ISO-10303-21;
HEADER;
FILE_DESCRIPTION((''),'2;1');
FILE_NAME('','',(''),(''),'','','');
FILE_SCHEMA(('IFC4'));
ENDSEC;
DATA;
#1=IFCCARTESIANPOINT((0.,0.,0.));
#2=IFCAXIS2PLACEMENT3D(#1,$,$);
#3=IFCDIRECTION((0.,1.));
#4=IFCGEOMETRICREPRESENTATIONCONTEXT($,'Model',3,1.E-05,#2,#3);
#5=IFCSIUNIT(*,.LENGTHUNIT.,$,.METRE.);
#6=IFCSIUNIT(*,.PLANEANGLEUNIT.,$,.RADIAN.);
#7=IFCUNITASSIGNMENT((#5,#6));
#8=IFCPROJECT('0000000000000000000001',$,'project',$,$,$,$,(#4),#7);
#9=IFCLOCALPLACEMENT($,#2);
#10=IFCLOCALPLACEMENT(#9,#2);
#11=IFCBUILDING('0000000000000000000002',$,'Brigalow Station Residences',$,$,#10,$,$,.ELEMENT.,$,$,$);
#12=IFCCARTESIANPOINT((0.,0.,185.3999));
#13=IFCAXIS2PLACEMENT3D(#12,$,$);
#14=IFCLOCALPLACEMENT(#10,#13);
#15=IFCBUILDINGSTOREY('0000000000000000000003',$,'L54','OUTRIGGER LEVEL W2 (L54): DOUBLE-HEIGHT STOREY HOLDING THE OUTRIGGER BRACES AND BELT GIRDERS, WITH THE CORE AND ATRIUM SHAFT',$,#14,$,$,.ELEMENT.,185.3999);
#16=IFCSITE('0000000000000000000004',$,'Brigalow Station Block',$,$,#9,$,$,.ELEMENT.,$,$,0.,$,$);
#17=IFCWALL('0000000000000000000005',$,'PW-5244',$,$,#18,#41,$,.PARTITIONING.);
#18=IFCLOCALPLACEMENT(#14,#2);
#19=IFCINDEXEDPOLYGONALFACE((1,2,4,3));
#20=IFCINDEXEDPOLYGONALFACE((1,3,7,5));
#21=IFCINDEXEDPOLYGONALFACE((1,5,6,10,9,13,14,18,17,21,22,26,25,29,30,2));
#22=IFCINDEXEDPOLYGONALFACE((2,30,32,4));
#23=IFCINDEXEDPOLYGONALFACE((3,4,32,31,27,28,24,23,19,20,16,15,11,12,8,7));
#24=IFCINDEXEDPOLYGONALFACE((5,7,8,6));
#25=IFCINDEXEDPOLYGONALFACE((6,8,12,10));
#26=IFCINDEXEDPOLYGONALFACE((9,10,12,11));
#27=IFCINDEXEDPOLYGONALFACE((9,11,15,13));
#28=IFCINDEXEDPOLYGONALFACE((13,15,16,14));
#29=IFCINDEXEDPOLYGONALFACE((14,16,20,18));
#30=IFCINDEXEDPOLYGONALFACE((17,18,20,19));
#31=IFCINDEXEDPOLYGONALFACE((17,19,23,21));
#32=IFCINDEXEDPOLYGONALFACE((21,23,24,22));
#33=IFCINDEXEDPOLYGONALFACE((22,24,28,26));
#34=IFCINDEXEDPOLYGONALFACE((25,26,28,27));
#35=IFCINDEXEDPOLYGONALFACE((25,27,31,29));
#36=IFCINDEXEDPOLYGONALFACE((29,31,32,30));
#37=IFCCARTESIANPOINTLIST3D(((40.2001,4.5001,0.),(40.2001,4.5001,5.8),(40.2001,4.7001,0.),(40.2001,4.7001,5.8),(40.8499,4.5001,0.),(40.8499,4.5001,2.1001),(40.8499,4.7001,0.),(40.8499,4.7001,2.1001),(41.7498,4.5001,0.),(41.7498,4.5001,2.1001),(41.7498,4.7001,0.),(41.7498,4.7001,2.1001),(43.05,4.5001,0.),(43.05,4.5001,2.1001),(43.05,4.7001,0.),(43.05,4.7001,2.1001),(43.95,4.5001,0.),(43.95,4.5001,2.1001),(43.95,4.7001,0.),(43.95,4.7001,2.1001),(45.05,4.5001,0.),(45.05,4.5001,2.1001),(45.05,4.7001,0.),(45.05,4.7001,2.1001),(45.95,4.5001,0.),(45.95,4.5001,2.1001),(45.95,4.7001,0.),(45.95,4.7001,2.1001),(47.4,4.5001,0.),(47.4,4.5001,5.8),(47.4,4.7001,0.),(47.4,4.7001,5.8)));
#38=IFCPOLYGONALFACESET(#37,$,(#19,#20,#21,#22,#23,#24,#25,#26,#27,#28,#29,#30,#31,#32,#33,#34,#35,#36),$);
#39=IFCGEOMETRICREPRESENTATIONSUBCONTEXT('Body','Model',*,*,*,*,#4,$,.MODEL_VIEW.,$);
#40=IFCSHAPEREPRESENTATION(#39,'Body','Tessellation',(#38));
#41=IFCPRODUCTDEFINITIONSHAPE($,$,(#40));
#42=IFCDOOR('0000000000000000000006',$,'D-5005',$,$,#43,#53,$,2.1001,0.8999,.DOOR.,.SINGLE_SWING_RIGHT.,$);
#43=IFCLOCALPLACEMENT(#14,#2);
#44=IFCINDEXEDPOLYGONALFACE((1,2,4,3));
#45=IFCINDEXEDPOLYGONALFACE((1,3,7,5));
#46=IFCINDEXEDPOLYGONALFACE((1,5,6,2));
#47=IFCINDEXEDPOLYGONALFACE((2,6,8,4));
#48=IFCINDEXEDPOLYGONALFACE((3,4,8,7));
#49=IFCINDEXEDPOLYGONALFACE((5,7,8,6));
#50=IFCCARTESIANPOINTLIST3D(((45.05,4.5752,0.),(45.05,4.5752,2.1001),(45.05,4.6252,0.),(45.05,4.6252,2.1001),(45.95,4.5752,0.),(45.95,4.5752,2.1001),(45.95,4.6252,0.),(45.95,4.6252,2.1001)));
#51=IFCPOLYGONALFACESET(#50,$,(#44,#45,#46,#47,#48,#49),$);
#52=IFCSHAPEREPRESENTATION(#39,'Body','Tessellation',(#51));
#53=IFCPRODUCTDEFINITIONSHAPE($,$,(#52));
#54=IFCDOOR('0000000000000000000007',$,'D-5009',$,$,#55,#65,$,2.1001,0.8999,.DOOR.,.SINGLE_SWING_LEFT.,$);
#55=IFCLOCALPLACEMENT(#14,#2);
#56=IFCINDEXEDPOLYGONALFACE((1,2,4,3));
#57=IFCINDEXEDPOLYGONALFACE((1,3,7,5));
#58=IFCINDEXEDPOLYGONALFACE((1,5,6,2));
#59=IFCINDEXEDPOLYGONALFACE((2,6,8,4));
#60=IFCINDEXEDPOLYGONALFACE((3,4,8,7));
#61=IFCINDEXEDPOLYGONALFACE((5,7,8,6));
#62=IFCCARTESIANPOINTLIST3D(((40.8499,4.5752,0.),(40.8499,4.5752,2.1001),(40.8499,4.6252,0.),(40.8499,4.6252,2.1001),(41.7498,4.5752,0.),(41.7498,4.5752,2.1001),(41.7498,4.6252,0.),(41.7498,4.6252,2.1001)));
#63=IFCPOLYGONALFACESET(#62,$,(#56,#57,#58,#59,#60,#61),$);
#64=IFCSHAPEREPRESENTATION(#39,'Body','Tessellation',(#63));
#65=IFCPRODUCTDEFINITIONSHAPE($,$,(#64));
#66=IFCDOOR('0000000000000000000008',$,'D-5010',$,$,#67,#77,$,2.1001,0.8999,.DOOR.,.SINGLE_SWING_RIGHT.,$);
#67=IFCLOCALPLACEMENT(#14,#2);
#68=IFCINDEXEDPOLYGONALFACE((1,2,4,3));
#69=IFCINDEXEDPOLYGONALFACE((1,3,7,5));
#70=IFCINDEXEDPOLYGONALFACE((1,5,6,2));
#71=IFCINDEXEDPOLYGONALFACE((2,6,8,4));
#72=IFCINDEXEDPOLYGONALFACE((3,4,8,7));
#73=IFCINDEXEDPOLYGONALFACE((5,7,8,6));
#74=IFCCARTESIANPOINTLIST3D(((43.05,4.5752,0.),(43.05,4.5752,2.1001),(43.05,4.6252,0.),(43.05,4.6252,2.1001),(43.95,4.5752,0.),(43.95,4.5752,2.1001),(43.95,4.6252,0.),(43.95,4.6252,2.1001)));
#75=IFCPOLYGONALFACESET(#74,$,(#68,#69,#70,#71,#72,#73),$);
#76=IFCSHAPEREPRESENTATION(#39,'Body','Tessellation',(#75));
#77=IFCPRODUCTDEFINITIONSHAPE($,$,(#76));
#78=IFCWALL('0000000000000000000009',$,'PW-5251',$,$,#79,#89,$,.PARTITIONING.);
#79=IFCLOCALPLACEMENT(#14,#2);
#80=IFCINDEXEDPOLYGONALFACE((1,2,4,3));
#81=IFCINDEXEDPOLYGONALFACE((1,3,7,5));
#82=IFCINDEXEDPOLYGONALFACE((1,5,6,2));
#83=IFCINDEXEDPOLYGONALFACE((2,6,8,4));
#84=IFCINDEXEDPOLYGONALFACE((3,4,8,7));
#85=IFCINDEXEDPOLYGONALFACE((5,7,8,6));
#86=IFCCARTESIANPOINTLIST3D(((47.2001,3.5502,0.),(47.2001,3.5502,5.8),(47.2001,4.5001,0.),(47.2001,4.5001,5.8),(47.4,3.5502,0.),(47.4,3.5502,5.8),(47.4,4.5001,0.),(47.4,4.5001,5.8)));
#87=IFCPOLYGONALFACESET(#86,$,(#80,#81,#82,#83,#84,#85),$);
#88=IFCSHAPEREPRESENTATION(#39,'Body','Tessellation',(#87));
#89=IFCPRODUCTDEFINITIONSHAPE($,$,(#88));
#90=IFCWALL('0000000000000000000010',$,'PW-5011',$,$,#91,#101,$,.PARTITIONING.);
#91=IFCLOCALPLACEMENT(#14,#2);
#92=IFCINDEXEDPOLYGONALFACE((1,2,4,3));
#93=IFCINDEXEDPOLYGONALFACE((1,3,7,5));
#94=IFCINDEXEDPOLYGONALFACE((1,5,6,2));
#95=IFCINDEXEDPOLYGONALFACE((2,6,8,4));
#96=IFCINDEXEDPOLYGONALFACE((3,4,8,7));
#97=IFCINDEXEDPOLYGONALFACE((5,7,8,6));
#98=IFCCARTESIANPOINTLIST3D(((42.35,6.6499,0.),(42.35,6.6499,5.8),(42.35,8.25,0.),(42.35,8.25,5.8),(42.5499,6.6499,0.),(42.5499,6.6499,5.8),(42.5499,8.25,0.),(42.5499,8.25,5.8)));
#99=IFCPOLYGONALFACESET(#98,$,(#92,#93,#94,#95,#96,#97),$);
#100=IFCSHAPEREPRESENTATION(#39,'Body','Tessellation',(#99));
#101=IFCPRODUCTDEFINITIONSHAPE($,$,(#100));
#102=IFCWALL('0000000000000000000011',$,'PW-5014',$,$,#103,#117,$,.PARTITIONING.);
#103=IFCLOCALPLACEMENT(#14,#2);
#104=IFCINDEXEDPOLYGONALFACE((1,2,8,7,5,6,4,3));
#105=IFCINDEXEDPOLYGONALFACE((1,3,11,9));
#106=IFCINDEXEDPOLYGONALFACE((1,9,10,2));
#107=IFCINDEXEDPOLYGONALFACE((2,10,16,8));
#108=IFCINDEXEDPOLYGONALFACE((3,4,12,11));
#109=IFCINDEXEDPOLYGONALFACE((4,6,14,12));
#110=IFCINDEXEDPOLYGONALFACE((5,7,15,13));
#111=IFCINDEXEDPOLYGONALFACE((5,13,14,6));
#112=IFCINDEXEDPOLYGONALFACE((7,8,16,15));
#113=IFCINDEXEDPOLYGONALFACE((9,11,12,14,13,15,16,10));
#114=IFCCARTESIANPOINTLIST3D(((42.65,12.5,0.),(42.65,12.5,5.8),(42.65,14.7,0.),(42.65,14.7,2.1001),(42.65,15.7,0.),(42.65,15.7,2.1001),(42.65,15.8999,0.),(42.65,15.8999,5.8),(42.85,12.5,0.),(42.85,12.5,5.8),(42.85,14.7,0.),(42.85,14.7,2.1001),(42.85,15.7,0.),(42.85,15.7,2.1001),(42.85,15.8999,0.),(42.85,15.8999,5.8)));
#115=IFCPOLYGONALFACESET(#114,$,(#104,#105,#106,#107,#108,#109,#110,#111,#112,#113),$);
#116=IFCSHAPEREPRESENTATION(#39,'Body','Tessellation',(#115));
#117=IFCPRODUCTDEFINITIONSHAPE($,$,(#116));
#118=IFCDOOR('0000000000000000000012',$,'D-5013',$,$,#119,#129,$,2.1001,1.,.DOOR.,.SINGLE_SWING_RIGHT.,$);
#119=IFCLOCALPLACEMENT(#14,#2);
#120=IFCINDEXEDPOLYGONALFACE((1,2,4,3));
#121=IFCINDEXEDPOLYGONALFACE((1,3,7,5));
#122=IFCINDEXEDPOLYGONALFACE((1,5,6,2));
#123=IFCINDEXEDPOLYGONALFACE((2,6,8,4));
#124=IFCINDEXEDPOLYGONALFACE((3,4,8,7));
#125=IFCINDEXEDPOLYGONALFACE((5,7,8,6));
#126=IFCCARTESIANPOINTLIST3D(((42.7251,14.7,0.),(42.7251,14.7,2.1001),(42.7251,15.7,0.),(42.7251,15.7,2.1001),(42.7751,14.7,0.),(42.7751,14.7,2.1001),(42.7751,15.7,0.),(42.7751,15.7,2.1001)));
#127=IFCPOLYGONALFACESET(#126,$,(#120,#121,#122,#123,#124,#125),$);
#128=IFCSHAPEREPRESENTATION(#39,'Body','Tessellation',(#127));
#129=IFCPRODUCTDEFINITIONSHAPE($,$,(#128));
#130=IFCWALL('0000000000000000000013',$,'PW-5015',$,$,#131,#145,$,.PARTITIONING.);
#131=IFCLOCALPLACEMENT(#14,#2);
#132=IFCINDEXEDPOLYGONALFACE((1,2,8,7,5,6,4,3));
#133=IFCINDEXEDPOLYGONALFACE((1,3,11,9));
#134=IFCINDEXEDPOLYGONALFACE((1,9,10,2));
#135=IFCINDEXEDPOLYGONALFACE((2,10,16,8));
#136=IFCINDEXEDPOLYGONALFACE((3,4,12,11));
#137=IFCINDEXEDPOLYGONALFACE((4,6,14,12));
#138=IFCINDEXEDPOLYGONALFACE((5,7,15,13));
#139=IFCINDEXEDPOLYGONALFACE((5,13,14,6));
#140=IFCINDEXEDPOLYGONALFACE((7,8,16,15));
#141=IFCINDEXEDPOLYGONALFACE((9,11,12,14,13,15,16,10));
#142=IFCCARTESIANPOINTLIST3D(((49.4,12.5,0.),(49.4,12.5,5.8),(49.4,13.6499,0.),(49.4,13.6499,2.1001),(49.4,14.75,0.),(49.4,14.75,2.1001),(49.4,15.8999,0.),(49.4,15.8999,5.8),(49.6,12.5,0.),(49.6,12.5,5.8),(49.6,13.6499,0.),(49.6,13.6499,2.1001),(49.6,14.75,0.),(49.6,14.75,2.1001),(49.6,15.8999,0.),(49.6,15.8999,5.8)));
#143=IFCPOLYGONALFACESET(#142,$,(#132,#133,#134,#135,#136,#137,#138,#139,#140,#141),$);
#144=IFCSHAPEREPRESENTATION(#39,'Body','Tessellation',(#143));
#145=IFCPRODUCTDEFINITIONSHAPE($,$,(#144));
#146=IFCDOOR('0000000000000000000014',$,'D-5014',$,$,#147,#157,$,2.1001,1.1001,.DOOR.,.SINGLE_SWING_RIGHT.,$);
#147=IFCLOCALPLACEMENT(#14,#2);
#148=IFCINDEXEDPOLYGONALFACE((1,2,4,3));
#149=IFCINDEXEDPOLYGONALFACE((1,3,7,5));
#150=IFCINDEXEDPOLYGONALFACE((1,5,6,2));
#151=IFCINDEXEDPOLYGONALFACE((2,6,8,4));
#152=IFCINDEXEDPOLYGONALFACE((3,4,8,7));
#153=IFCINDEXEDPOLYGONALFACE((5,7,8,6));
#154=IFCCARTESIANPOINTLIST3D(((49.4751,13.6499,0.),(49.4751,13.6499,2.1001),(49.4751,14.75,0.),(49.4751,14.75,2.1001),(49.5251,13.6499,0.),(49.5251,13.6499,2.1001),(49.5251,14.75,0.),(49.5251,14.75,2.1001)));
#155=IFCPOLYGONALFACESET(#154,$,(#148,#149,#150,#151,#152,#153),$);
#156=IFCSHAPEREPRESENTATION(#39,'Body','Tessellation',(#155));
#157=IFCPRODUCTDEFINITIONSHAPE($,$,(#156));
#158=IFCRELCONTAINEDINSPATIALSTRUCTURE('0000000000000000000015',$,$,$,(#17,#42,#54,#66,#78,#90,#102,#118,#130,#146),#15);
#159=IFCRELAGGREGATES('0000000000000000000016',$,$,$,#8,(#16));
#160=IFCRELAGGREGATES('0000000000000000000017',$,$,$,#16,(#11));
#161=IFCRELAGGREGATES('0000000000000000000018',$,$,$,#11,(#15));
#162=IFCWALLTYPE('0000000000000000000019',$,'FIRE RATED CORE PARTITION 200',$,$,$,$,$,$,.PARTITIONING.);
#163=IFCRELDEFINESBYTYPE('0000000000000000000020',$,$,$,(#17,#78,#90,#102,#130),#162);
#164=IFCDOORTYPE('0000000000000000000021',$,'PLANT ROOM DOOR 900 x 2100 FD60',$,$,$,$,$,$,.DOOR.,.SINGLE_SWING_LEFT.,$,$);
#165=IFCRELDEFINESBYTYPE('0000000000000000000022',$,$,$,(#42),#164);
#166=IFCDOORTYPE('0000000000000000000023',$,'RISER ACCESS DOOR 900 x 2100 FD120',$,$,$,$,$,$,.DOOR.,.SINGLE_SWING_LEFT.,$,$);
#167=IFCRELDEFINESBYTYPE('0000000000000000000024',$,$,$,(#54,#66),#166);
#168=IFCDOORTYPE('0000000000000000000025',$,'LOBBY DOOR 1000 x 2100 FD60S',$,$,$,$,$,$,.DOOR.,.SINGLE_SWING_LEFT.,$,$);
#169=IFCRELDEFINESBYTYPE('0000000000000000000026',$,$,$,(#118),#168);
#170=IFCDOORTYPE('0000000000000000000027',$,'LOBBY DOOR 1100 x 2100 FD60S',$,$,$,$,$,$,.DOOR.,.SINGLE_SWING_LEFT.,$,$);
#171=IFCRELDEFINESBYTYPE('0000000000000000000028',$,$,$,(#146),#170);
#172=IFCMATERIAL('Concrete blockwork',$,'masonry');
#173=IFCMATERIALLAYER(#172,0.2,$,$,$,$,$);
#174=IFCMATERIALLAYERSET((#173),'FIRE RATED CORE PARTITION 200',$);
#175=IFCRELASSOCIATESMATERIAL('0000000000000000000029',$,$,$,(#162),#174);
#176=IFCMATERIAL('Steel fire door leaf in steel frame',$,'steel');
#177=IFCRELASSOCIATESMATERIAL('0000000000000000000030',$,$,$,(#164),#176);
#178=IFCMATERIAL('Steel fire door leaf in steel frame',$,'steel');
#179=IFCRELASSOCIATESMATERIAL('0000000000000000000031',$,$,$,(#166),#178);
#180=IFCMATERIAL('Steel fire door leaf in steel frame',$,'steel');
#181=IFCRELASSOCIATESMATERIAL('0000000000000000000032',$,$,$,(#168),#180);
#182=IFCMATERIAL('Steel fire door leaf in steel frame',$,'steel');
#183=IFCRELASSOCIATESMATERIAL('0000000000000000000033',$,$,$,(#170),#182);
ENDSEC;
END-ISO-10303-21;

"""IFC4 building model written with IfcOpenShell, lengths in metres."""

from ifc_helpers import new_model, si_unit, direction, frame, frame_2d, origin, place, context, subcontext, project, spatial, rectangle, extrude, material, layer, layer_set, type_object, element, fill, save


model = new_model("IFC4")

# Units and contexts
model_context = context("Model", 3, precision=1e-05, world=origin(), true_north=direction((0.0, 1.0)))
body_context = subcontext(model_context, "Body", "Model", "MODEL_VIEW")
ifc_project = project(units=[si_unit("LENGTHUNIT", "METRE"), si_unit("PLANEANGLEUNIT", "RADIAN")], contexts=[model_context])

# Site, building, storey
site_placement = place(None, origin())
site = spatial("IfcSite", under=ifc_project, at=site_placement, Name="Brigalow Station Block", CompositionType="ELEMENT", RefElevation=0.0)
building_placement = place(site_placement, origin())
building = spatial("IfcBuilding", under=site, at=building_placement, Name="Brigalow Station Residences", CompositionType="ELEMENT")
storey_placement = place(building_placement, frame((0.0, 0.0, 185.3999)))
storey = spatial("IfcBuildingStorey", under=building, at=storey_placement, Name="L54", Description="OUTRIGGER LEVEL W2 (L54): DOUBLE-HEIGHT STOREY HOLDING THE OUTRIGGER BRACES AND BELT GIRDERS, WITH THE CORE AND ATRIUM SHAFT", CompositionType="ELEMENT", Elevation=185.3999)

# Wall, openings, doors
ifc_material_1 = material(Name="Concrete blockwork", Category="masonry")
ifc_layer_1 = layer(ifc_material_1, 0.2)
ifc_layer_set_1 = layer_set([ifc_layer_1], Name="FIRE RATED CORE PARTITION 200")
wall_type_1 = type_object("IfcWallType", Name="FIRE RATED CORE PARTITION 200", PredefinedType="PARTITIONING", material=ifc_layer_set_1)
wall_1_placement = place(storey_placement, frame((40.2, 4.6001, 0.0), z_axis=(0.0, 0.0, 1.0), x_axis=(1.0, 0.0, 0.0)))
wall_1 = element("IfcWall", 1, at=wall_1_placement, inside=storey, type_object=wall_type_1, Name="PW-5244", PredefinedType="PARTITIONING", context=body_context, shape_type="SweptSolid", body=[
    extrude(rectangle(XDim=7.2, YDim=0.2, at=frame_2d((3.6001, 0.0))), origin(), (0.0, 0.0, 1.0), 5.8),
])
opening_1_placement = place(wall_1_placement, frame((4.8501, 0.0, 0.0)))
opening_1 = element("IfcOpeningElement", 2, at=opening_1_placement, cuts=wall_1, PredefinedType="OPENING", context=body_context, shape_type="SweptSolid", body=[
    extrude(rectangle(XDim=0.8999, YDim=2.1001, at=frame_2d((0.45, 1.05))), frame((0.0, 0.1099, 0.0), z_axis=(0.0, -1.0, 0.0), x_axis=(1.0, 0.0, 0.0)), (0.0, 0.0, 1.0), 0.22),
])
opening_2_placement = place(wall_1_placement, frame((0.6499, 0.0, 0.0)))
opening_2 = element("IfcOpeningElement", 3, at=opening_2_placement, cuts=wall_1, PredefinedType="OPENING", context=body_context, shape_type="SweptSolid", body=[
    extrude(rectangle(XDim=0.8999, YDim=2.1001, at=frame_2d((0.45, 1.05))), frame((0.0, 0.1099, 0.0), z_axis=(0.0, -1.0, 0.0), x_axis=(1.0, 0.0, 0.0)), (0.0, 0.0, 1.0), 0.22),
])
opening_3_placement = place(wall_1_placement, frame((2.8501, 0.0, 0.0)))
opening_3 = element("IfcOpeningElement", 4, at=opening_3_placement, cuts=wall_1, PredefinedType="OPENING", context=body_context, shape_type="SweptSolid", body=[
    extrude(rectangle(XDim=0.8999, YDim=2.1001, at=frame_2d((0.45, 1.05))), frame((0.0, 0.1099, 0.0), z_axis=(0.0, -1.0, 0.0), x_axis=(1.0, 0.0, 0.0)), (0.0, 0.0, 1.0), 0.22),
])
ifc_material_2 = material(Name="Steel fire door leaf in steel frame", Category="steel")
door_type_1 = type_object("IfcDoorType", Name="PLANT ROOM DOOR 900 x 2100 FD60", OperationType="SINGLE_SWING_LEFT", PredefinedType="DOOR", material=ifc_material_2)
door_1_placement = place(opening_1_placement, frame((0.8999, 0.0, 0.0), z_axis=(0.0, 0.0, 1.0), x_axis=(-1.0, 0.0, 0.0)))
door_1 = element("IfcDoor", 5, at=door_1_placement, inside=storey, type_object=door_type_1, Name="D-5005", OperationType="SINGLE_SWING_RIGHT", OverallHeight=2.1001, OverallWidth=0.8999, PredefinedType="DOOR", context=body_context, shape_type="SweptSolid", body=[
    extrude(rectangle(XDim=0.8999, YDim=2.1001, at=frame_2d((0.45, 1.05))), frame((0.0, 0.0249, 0.0), z_axis=(0.0, -1.0, 0.0), x_axis=(1.0, 0.0, 0.0)), (0.0, 0.0, 1.0), 0.05),
])
fill(opening_1, door_1)
ifc_material_3 = material(Name="Steel fire door leaf in steel frame", Category="steel")
door_type_2 = type_object("IfcDoorType", Name="RISER ACCESS DOOR 900 x 2100 FD120", OperationType="SINGLE_SWING_LEFT", PredefinedType="DOOR", material=ifc_material_3)
door_2_placement = place(opening_2_placement, frame((0.8999, 0.0, 0.0), z_axis=(0.0, 0.0, 1.0), x_axis=(-1.0, 0.0, 0.0)))
door_2 = element("IfcDoor", 6, at=door_2_placement, inside=storey, type_object=door_type_2, Name="D-5009", OperationType="SINGLE_SWING_LEFT", OverallHeight=2.1001, OverallWidth=0.8999, PredefinedType="DOOR", context=body_context, shape_type="SweptSolid", body=[
    extrude(rectangle(XDim=0.8999, YDim=2.1001, at=frame_2d((0.45, 1.05))), frame((0.0, 0.0249, 0.0), z_axis=(0.0, -1.0, 0.0), x_axis=(1.0, 0.0, 0.0)), (0.0, 0.0, 1.0), 0.05),
])
fill(opening_2, door_2)
door_3_placement = place(opening_3_placement, frame((0.8999, 0.0, 0.0), z_axis=(0.0, 0.0, 1.0), x_axis=(-1.0, 0.0, 0.0)))
door_3 = element("IfcDoor", 7, at=door_3_placement, inside=storey, type_object=door_type_2, Name="D-5010", OperationType="SINGLE_SWING_RIGHT", OverallHeight=2.1001, OverallWidth=0.8999, PredefinedType="DOOR", context=body_context, shape_type="SweptSolid", body=[
    extrude(rectangle(XDim=0.8999, YDim=2.1001, at=frame_2d((0.45, 1.05))), frame((0.0, 0.0249, 0.0), z_axis=(0.0, -1.0, 0.0), x_axis=(1.0, 0.0, 0.0)), (0.0, 0.0, 1.0), 0.05),
])
fill(opening_3, door_3)

# Walls
wall_2_placement = place(storey_placement, frame((47.3, 3.55, 0.0), z_axis=(0.0, 0.0, 1.0), x_axis=(0.0, 1.0, 0.0)))
element("IfcWall", 8, at=wall_2_placement, inside=storey, type_object=wall_type_1, Name="PW-5251", PredefinedType="PARTITIONING", context=body_context, shape_type="SweptSolid", body=[
    extrude(rectangle(XDim=0.95, YDim=0.2, at=frame_2d((0.4751, 0.0))), origin(), (0.0, 0.0, 1.0), 5.8),
])
wall_3_placement = place(storey_placement, frame((42.45, 6.6499, 0.0), z_axis=(0.0, 0.0, 1.0), x_axis=(0.0, 1.0, 0.0)))
element("IfcWall", 9, at=wall_3_placement, inside=storey, type_object=wall_type_1, Name="PW-5011", PredefinedType="PARTITIONING", context=body_context, shape_type="SweptSolid", body=[
    extrude(rectangle(XDim=1.6001, YDim=0.2, at=frame_2d((0.8, 0.0))), origin(), (0.0, 0.0, 1.0), 5.8),
])

# Walls, openings, doors
wall_4_placement = place(storey_placement, frame((42.75, 12.5, 0.0), z_axis=(0.0, 0.0, 1.0), x_axis=(0.0, 1.0, 0.0)))
wall_4 = element("IfcWall", 10, at=wall_4_placement, inside=storey, type_object=wall_type_1, Name="PW-5014", PredefinedType="PARTITIONING", context=body_context, shape_type="SweptSolid", body=[
    extrude(rectangle(XDim=3.3999, YDim=0.2, at=frame_2d((1.7, 0.0))), origin(), (0.0, 0.0, 1.0), 5.8),
])
opening_4_placement = place(wall_4_placement, frame((2.2, 0.0, 0.0)))
opening_4 = element("IfcOpeningElement", 11, at=opening_4_placement, cuts=wall_4, PredefinedType="OPENING", context=body_context, shape_type="SweptSolid", body=[
    extrude(rectangle(XDim=1.0, YDim=2.1001, at=frame_2d((0.5, 1.05))), frame((0.0, 0.1099, 0.0), z_axis=(0.0, -1.0, 0.0), x_axis=(1.0, 0.0, 0.0)), (0.0, 0.0, 1.0), 0.22),
])
ifc_material_4 = material(Name="Steel fire door leaf in steel frame", Category="steel")
door_type_3 = type_object("IfcDoorType", Name="LOBBY DOOR 1000 x 2100 FD60S", OperationType="SINGLE_SWING_LEFT", PredefinedType="DOOR", material=ifc_material_4)
door_4_placement = place(opening_4_placement, origin())
door_4 = element("IfcDoor", 12, at=door_4_placement, inside=storey, type_object=door_type_3, Name="D-5013", OperationType="SINGLE_SWING_RIGHT", OverallHeight=2.1001, OverallWidth=1.0, PredefinedType="DOOR", context=body_context, shape_type="SweptSolid", body=[
    extrude(rectangle(XDim=1.0, YDim=2.1001, at=frame_2d((0.5, 1.05))), frame((0.0, 0.0249, 0.0), z_axis=(0.0, -1.0, 0.0), x_axis=(1.0, 0.0, 0.0)), (0.0, 0.0, 1.0), 0.05),
])
fill(opening_4, door_4)
wall_5_placement = place(storey_placement, frame((49.5, 12.5, 0.0), z_axis=(0.0, 0.0, 1.0), x_axis=(0.0, 1.0, 0.0)))
wall_5 = element("IfcWall", 13, at=wall_5_placement, inside=storey, type_object=wall_type_1, Name="PW-5015", PredefinedType="PARTITIONING", context=body_context, shape_type="SweptSolid", body=[
    extrude(rectangle(XDim=3.3999, YDim=0.2, at=frame_2d((1.7, 0.0))), origin(), (0.0, 0.0, 1.0), 5.8),
])
opening_5_placement = place(wall_5_placement, frame((1.1499, 0.0, 0.0)))
opening_5 = element("IfcOpeningElement", 14, at=opening_5_placement, cuts=wall_5, PredefinedType="OPENING", context=body_context, shape_type="SweptSolid", body=[
    extrude(rectangle(XDim=1.1001, YDim=2.1001, at=frame_2d((0.55, 1.05))), frame((0.0, 0.1099, 0.0), z_axis=(0.0, -1.0, 0.0), x_axis=(1.0, 0.0, 0.0)), (0.0, 0.0, 1.0), 0.22),
])
ifc_material_5 = material(Name="Steel fire door leaf in steel frame", Category="steel")
door_type_4 = type_object("IfcDoorType", Name="LOBBY DOOR 1100 x 2100 FD60S", OperationType="SINGLE_SWING_LEFT", PredefinedType="DOOR", material=ifc_material_5)
door_5_placement = place(opening_5_placement, origin())
door_5 = element("IfcDoor", 15, at=door_5_placement, inside=storey, type_object=door_type_4, Name="D-5014", OperationType="SINGLE_SWING_RIGHT", OverallHeight=2.1001, OverallWidth=1.1001, PredefinedType="DOOR", context=body_context, shape_type="SweptSolid", body=[
    extrude(rectangle(XDim=1.1001, YDim=2.1001, at=frame_2d((0.55, 1.05))), frame((0.0, 0.0249, 0.0), z_axis=(0.0, -1.0, 0.0), x_axis=(1.0, 0.0, 0.0)), (0.0, 0.0, 1.0), 0.05),
])
fill(opening_5, door_5)

save(model, "model.ifc")
